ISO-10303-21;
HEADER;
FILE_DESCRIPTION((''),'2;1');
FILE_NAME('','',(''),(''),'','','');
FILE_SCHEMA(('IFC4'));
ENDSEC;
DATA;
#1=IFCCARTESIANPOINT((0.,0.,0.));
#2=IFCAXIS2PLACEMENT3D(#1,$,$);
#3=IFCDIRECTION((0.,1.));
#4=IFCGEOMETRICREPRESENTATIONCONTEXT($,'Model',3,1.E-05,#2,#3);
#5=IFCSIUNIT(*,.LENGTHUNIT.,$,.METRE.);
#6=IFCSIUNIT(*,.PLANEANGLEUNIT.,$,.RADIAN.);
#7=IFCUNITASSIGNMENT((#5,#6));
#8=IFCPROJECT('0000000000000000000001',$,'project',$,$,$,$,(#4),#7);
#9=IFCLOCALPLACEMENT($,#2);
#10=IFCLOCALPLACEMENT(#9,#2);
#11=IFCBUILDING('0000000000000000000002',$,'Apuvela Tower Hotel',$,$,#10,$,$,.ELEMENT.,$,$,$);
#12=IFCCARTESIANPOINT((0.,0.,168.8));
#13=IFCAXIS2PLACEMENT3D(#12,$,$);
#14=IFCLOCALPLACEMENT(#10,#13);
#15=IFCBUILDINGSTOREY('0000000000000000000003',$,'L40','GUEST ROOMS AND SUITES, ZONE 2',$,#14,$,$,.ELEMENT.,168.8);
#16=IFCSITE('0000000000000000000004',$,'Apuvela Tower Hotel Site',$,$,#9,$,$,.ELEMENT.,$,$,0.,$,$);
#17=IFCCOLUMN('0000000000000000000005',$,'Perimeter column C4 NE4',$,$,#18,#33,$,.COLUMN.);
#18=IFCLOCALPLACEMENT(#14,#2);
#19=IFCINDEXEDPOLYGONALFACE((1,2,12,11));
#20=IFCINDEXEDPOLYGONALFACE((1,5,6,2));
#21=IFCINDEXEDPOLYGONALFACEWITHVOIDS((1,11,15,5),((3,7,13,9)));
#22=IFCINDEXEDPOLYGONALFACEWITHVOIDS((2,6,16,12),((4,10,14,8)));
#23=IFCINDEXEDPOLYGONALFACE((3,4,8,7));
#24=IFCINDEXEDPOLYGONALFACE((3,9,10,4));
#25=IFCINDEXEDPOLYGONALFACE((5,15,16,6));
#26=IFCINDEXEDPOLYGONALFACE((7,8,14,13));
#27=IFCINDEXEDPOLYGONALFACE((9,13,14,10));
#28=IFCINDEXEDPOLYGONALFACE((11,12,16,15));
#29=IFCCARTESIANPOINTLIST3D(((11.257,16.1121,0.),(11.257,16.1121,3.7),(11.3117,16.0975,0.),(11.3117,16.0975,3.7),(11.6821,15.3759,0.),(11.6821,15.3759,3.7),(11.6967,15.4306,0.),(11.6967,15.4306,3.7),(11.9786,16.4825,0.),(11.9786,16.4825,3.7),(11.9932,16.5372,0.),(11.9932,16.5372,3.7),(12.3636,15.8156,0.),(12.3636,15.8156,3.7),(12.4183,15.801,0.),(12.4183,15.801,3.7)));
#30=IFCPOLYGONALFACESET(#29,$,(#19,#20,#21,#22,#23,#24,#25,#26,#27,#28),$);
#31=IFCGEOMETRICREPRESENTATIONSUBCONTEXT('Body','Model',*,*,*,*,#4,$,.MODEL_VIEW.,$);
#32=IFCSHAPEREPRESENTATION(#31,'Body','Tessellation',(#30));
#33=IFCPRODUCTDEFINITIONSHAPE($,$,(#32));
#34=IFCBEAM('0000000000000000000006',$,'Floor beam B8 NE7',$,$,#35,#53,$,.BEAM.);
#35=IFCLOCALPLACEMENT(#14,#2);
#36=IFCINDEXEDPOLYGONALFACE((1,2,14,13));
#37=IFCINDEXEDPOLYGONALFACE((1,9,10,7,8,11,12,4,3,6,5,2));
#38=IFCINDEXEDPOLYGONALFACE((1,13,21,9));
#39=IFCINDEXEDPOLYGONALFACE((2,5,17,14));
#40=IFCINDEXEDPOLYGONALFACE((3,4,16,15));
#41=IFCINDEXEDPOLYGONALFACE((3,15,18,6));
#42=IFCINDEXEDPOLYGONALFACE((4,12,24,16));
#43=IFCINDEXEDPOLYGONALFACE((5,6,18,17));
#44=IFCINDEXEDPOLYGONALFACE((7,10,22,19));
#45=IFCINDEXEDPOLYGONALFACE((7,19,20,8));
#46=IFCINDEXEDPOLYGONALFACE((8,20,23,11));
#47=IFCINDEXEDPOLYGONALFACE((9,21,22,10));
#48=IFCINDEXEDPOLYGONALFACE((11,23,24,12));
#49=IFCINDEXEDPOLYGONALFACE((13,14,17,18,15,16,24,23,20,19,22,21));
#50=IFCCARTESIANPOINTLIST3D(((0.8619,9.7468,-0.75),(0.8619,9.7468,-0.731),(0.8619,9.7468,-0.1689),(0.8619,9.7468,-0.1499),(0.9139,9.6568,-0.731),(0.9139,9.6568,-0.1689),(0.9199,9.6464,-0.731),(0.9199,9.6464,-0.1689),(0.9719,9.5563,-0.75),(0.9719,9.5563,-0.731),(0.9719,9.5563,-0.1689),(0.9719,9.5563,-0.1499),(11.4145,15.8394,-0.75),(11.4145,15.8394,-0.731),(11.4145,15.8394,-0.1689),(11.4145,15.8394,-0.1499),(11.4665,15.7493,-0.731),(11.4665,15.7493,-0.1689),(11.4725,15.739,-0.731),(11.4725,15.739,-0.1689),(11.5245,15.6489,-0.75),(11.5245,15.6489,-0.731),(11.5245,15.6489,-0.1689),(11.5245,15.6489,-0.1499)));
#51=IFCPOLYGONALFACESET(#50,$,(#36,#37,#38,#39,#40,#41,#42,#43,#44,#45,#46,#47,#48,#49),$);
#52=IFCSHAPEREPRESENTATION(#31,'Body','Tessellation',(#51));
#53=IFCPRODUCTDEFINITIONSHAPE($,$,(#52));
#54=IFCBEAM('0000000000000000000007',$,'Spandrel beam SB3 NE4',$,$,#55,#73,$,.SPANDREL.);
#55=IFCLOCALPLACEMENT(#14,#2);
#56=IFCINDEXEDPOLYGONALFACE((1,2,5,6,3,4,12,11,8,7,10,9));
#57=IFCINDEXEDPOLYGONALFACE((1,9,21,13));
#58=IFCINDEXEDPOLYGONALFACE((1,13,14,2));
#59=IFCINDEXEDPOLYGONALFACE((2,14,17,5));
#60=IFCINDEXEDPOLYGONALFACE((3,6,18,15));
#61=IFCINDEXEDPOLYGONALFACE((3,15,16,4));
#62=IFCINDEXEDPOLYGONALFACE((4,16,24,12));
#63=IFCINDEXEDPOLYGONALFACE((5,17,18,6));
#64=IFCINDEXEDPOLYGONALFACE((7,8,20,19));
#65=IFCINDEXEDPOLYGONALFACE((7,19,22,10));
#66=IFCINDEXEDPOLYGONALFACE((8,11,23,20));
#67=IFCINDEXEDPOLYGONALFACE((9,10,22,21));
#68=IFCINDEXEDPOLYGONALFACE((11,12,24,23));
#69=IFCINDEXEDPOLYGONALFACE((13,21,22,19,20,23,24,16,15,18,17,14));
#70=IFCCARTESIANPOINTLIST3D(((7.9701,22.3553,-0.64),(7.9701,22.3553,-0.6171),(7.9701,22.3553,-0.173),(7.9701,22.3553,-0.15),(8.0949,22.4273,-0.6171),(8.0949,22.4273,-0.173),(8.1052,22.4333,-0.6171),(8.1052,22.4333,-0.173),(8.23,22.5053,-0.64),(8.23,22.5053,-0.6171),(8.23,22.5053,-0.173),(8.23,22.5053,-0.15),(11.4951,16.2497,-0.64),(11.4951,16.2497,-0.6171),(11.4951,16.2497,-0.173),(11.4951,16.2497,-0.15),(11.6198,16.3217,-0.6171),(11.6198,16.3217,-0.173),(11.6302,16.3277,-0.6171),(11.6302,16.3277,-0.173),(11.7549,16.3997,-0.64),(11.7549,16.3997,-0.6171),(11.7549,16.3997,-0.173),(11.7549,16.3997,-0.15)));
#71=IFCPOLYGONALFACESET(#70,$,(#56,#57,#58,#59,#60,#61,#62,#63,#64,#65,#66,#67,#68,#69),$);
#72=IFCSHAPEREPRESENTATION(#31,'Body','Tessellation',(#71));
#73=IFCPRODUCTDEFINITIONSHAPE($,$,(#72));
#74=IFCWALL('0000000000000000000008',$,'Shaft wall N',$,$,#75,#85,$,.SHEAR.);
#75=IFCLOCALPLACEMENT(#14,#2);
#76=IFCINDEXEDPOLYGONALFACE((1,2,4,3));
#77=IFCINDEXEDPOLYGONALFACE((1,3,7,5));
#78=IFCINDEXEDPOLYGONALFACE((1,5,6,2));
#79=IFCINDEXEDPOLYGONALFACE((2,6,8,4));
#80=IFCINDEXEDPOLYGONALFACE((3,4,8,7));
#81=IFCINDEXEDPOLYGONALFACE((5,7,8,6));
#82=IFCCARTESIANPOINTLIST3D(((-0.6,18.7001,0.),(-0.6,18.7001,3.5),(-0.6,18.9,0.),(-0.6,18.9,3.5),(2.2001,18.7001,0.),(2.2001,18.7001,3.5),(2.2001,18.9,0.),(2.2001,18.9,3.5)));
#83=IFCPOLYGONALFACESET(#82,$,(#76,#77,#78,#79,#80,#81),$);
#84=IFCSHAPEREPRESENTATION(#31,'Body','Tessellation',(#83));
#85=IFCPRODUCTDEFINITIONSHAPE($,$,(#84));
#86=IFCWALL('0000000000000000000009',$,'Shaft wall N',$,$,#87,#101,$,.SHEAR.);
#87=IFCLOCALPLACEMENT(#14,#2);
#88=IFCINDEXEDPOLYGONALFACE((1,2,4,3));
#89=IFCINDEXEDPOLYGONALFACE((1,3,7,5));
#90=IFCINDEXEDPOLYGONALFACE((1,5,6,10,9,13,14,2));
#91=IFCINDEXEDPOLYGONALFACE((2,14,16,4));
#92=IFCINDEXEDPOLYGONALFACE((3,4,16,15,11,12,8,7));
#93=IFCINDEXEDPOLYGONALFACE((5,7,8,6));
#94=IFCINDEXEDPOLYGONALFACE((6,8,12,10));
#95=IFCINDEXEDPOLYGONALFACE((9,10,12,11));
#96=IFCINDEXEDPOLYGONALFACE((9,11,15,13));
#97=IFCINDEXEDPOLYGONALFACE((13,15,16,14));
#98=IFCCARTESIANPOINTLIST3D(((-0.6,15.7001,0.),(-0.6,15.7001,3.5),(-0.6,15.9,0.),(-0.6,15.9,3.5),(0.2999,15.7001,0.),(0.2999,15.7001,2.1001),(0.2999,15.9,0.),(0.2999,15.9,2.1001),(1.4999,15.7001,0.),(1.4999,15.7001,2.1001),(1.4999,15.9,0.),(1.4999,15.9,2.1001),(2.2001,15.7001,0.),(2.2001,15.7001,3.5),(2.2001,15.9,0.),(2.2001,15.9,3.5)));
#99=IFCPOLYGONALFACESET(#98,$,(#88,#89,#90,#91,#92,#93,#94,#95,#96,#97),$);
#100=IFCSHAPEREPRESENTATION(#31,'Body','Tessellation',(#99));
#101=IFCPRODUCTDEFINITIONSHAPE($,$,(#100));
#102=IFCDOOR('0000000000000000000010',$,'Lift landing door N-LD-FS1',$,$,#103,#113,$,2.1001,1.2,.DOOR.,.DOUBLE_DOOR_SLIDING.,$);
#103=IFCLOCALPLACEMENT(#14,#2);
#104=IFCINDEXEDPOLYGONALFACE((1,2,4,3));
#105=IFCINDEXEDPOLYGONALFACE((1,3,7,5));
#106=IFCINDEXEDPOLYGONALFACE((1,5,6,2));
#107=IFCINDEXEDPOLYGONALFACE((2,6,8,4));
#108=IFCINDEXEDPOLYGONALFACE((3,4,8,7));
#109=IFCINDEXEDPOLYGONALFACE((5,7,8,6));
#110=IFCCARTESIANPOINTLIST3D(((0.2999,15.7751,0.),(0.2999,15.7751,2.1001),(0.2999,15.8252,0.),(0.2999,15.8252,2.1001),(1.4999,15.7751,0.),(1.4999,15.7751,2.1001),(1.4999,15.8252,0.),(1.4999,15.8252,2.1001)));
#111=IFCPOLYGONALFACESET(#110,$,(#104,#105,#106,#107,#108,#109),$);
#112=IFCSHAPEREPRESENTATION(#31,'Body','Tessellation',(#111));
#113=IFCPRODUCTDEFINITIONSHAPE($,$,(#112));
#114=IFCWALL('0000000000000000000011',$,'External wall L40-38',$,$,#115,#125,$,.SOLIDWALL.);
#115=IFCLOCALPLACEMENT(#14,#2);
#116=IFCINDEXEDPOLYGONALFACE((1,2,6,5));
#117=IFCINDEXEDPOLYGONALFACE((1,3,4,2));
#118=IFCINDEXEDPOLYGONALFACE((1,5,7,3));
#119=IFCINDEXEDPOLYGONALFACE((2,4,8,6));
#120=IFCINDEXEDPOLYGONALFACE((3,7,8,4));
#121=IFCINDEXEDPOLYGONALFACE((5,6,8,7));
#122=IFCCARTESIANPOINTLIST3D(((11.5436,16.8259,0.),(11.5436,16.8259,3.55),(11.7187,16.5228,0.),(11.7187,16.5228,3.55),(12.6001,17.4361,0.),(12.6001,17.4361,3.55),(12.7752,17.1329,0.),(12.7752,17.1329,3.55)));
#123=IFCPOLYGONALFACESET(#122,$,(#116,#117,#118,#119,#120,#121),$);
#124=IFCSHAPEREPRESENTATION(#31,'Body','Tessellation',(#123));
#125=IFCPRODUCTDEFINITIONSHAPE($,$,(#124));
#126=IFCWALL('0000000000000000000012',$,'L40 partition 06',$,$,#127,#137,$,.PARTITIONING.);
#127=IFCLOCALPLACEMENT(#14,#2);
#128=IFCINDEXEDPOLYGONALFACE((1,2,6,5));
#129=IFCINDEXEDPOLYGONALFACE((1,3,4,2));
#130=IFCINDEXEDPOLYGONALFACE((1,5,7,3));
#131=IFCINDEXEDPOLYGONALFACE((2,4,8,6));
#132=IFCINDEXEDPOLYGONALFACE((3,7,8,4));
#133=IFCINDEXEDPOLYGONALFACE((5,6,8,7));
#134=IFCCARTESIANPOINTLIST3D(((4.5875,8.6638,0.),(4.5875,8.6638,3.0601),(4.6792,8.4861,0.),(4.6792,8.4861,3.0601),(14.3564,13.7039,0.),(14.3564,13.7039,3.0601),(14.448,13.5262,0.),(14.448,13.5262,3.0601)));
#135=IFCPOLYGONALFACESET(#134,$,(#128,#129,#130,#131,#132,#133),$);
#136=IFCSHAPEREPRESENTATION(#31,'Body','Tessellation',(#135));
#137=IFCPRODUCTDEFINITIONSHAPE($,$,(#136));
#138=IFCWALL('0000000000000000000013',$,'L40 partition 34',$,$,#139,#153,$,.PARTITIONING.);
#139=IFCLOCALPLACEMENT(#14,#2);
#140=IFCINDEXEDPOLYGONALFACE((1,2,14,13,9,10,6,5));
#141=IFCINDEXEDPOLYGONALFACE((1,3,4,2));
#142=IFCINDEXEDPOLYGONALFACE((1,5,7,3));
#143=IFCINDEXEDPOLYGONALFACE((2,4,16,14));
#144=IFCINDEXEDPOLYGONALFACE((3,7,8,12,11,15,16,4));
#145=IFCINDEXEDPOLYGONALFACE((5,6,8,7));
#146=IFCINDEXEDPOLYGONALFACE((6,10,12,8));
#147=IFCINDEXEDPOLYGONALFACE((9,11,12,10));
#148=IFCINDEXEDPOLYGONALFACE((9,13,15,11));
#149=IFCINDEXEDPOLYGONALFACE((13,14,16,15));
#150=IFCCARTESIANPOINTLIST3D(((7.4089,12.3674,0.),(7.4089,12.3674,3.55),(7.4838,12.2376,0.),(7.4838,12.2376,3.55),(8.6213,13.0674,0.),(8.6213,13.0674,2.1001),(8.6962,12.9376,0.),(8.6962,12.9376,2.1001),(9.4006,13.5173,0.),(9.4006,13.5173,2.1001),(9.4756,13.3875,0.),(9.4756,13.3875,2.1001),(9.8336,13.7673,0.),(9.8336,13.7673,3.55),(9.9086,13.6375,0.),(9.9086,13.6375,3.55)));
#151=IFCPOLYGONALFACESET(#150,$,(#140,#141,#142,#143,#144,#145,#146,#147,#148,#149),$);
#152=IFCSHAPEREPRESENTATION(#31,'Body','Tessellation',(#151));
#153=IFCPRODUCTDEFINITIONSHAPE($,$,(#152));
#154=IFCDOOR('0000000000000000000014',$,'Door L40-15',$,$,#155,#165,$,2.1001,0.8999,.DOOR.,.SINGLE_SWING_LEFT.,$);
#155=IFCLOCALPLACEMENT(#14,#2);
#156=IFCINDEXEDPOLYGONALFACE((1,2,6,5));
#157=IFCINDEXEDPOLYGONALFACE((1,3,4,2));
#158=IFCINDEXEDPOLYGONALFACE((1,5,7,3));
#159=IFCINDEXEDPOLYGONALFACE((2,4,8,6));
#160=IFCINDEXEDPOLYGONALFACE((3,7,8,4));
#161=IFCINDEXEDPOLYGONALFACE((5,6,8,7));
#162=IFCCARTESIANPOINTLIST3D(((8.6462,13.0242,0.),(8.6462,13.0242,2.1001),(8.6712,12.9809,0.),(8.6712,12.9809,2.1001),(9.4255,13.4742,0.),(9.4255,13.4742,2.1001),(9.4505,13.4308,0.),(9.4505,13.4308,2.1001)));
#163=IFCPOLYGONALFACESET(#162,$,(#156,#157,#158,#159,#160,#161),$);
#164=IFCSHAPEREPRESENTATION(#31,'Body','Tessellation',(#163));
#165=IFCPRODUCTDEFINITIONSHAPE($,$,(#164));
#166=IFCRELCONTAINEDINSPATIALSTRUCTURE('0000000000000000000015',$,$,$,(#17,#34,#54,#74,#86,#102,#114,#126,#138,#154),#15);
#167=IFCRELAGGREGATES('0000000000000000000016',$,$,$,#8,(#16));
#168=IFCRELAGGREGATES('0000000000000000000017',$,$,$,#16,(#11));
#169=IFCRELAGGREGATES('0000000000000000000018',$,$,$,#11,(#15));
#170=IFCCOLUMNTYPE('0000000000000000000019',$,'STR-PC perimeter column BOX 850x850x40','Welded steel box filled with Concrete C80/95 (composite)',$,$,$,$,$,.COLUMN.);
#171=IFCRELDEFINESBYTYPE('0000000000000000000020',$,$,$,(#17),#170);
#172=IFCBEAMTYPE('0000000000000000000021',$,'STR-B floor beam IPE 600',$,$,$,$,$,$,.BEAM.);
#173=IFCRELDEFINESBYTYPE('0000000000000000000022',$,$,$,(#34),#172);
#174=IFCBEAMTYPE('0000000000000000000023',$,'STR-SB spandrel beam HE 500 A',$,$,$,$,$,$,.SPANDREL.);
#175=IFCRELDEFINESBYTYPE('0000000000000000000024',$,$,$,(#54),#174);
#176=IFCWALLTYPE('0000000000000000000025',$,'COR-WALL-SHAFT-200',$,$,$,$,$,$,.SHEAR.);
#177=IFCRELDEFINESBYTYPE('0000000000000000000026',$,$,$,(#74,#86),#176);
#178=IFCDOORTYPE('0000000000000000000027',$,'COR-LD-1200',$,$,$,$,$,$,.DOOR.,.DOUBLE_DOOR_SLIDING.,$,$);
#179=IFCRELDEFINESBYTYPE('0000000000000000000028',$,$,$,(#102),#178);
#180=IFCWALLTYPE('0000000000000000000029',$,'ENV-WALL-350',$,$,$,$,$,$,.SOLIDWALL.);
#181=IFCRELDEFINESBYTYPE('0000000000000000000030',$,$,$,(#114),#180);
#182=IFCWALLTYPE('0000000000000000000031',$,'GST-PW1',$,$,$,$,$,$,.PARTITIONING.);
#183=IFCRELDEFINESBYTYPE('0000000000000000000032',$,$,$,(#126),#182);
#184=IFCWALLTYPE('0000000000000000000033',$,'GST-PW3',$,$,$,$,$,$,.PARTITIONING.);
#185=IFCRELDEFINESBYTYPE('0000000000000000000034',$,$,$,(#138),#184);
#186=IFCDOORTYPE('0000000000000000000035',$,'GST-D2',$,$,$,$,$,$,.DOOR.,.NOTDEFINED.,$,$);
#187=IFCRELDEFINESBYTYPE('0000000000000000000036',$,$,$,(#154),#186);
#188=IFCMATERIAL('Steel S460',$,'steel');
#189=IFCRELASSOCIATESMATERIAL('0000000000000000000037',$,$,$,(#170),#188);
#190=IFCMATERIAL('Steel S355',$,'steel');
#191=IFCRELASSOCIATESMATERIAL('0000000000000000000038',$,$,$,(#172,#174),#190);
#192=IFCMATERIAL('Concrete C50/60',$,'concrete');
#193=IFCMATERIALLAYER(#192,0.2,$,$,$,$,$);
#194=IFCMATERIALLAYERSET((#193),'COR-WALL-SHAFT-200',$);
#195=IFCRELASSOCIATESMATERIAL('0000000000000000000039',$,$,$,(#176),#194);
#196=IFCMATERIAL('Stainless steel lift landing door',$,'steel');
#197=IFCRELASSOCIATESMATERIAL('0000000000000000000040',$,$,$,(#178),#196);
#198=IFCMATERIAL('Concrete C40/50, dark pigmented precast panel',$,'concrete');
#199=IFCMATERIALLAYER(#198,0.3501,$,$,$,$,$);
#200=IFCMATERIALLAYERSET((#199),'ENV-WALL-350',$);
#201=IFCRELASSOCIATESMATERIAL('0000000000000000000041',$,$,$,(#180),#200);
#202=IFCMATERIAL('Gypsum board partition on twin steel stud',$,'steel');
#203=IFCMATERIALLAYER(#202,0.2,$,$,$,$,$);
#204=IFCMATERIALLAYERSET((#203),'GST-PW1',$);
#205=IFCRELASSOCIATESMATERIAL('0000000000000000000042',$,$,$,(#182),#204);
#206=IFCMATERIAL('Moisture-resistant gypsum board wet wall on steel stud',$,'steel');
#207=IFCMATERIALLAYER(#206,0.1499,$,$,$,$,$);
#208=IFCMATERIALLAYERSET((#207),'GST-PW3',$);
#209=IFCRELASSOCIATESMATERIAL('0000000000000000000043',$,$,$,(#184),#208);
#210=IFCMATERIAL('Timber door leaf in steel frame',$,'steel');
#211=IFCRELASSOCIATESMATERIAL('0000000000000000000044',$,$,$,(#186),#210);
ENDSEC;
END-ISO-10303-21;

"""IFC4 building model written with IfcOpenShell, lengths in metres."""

from ifc_helpers import new_model, si_unit, direction, frame, frame_2d, origin, origin_2d, place, context, subcontext, project, spatial, rectangle, hollow_rectangle, i_section, extrude, material, layer, layer_set, material_profile, profile_set, type_object, element, fill, save


model = new_model("IFC4")

# Units and contexts
model_context = context("Model", 3, precision=1e-05, world=origin(), true_north=direction((0.0, 1.0)))
body_context = subcontext(model_context, "Body", "Model", "MODEL_VIEW")
ifc_project = project(units=[si_unit("LENGTHUNIT", "METRE"), si_unit("PLANEANGLEUNIT", "RADIAN")], contexts=[model_context])

# Site, building, storey
site_placement = place(None, origin())
site = spatial("IfcSite", under=ifc_project, at=site_placement, Name="Apuvela Tower Hotel Site", CompositionType="ELEMENT", RefElevation=0.0)
building_placement = place(site_placement, origin())
building = spatial("IfcBuilding", under=site, at=building_placement, Name="Apuvela Tower Hotel", CompositionType="ELEMENT")
storey_placement = place(building_placement, frame((0.0, 0.0, 168.8)))
storey = spatial("IfcBuildingStorey", under=building, at=storey_placement, Name="L40", Description="GUEST ROOMS AND SUITES, ZONE 2", CompositionType="ELEMENT", Elevation=168.8)

# Column
ifc_material_1 = material(Name="Steel S460", Category="steel")
ifc_material_profile_1 = material_profile(ifc_material_1, hollow_rectangle(XDim=0.8501, YDim=0.8501, WallThickness=0.04, at=origin_2d()), Name="BOX 850x850x40")
ifc_material_2 = material(Name="Concrete C80/95", Category="concrete")
ifc_material_profile_2 = material_profile(ifc_material_2, rectangle(XDim=0.77, YDim=0.77, at=origin_2d()), Name="Concrete C80/95 infill")
ifc_profile_set_1 = profile_set([ifc_material_profile_1, ifc_material_profile_2], Name="Steel S460")
column_type = type_object("IfcColumnType", Name="STR-PC perimeter column BOX 850x850x40", Description="Welded steel box filled with Concrete C80/95 (composite)", PredefinedType="COLUMN", material=ifc_profile_set_1)
column_placement = place(storey_placement, frame((11.8376, 15.9565, 0.0), z_axis=(0.0, 0.0, 1.0), x_axis=(-0.5, 0.866025, 0.0)))
element("IfcColumn", 1, at=column_placement, inside=storey, type_object=column_type, Name="Perimeter column C4 NE4", PredefinedType="COLUMN", context=body_context, shape_type="SweptSolid", body=[
    extrude(hollow_rectangle(XDim=0.8501, YDim=0.8501, WallThickness=0.04, at=origin_2d()), origin(), (0.0, 0.0, 1.0), 3.7),
])

# Beams
ifc_material_3 = material(Name="Steel S355", Category="steel")
ifc_material_profile_3 = material_profile(ifc_material_3, i_section(OverallWidth=0.22, OverallDepth=0.6001, WebThickness=0.012, FlangeThickness=0.019, at=origin_2d()), Name="IPE 600")
ifc_profile_set_2 = profile_set([ifc_material_profile_3], Name="Steel S355")
beam_type_1 = type_object("IfcBeamType", Name="STR-B floor beam IPE 600", PredefinedType="BEAM", material=ifc_profile_set_2)
beam_1_placement = place(storey_placement, frame((11.4695, 15.7441, -0.45), z_axis=(-0.866024, -0.500003, 0.0), x_axis=(0.500003, -0.866024, 0.0)))
element("IfcBeam", 2, at=beam_1_placement, inside=storey, type_object=beam_type_1, Name="Floor beam B8 NE7", PredefinedType="BEAM", context=body_context, shape_type="SweptSolid", body=[
    extrude(i_section(OverallWidth=0.22, OverallDepth=0.6001, WebThickness=0.012, FlangeThickness=0.019, at=origin_2d()), origin(), (0.0, 0.0, 1.0), 12.1851),
])
ifc_material_profile_4 = material_profile(ifc_material_3, i_section(OverallWidth=0.3, OverallDepth=0.49, WebThickness=0.012, FlangeThickness=0.0229, at=origin_2d()), Name="HE 500 A")
ifc_profile_set_3 = profile_set([ifc_material_profile_4], Name="Steel S355")
beam_type_2 = type_object("IfcBeamType", Name="STR-SB spandrel beam HE 500 A", PredefinedType="SPANDREL", material=ifc_profile_set_3)
beam_2_placement = place(storey_placement, frame((11.625, 16.3247, -0.395), z_axis=(-0.49999, 0.866031, 0.0), x_axis=(-0.866031, -0.49999, 0.0)))
element("IfcBeam", 3, at=beam_2_placement, inside=storey, type_object=beam_type_2, Name="Spandrel beam SB3 NE4", PredefinedType="SPANDREL", context=body_context, shape_type="SweptSolid", body=[
    extrude(i_section(OverallWidth=0.3, OverallDepth=0.49, WebThickness=0.012, FlangeThickness=0.0229, at=origin_2d()), origin(), (0.0, 0.0, 1.0), 7.05),
])

# Wall
ifc_material_4 = material(Name="Concrete C50/60", Category="concrete")
ifc_layer_1 = layer(ifc_material_4, 0.2)
ifc_layer_set_1 = layer_set([ifc_layer_1], Name="COR-WALL-SHAFT-200")
wall_type_1 = type_object("IfcWallType", Name="COR-WALL-SHAFT-200", PredefinedType="SHEAR", material=ifc_layer_set_1)
wall_1_placement = place(storey_placement, frame((2.2, 18.8, 0.0), z_axis=(0.0, 0.0, 1.0), x_axis=(-1.0, 0.0, 0.0)))
element("IfcWall", 4, at=wall_1_placement, inside=storey, type_object=wall_type_1, Name="Shaft wall N", PredefinedType="SHEAR", context=body_context, shape_type="SweptSolid", body=[
    extrude(rectangle(XDim=2.8, YDim=0.2, at=frame_2d((1.3999, 0.0))), origin(), (0.0, 0.0, 1.0), 3.5),
])

# Wall, opening, door
wall_2_placement = place(storey_placement, frame((2.2, 15.8, 0.0), z_axis=(0.0, 0.0, 1.0), x_axis=(-1.0, 0.0, 0.0)))
wall_2 = element("IfcWall", 5, at=wall_2_placement, inside=storey, type_object=wall_type_1, Name="Shaft wall N", PredefinedType="SHEAR", context=body_context, shape_type="SweptSolid", body=[
    extrude(rectangle(XDim=2.8, YDim=0.2, at=frame_2d((1.3999, 0.0))), origin(), (0.0, 0.0, 1.0), 3.5),
])
opening_1_placement = place(wall_2_placement, frame((0.7, 0.0, 0.0)))
opening_1 = element("IfcOpeningElement", 6, at=opening_1_placement, cuts=wall_2, PredefinedType="OPENING", context=body_context, shape_type="SweptSolid", body=[
    extrude(rectangle(XDim=1.2, YDim=2.1001, at=frame_2d((0.6001, 1.05))), frame((0.0, 0.1099, 0.0), z_axis=(0.0, -1.0, 0.0), x_axis=(1.0, 0.0, 0.0)), (0.0, 0.0, 1.0), 0.22),
])
ifc_material_5 = material(Name="Stainless steel lift landing door", Category="steel")
door_type_1 = type_object("IfcDoorType", Name="COR-LD-1200", OperationType="DOUBLE_DOOR_SLIDING", PredefinedType="DOOR", material=ifc_material_5)
door_1_placement = place(opening_1_placement, origin())
door_1 = element("IfcDoor", 7, at=door_1_placement, inside=storey, type_object=door_type_1, Name="Lift landing door N-LD-FS1", OperationType="DOUBLE_DOOR_SLIDING", OverallHeight=2.1001, OverallWidth=1.2, PredefinedType="DOOR", context=body_context, shape_type="SweptSolid", body=[
    extrude(rectangle(XDim=1.2, YDim=2.1001, at=frame_2d((0.6001, 1.05))), frame((0.0, 0.0249, 0.0), z_axis=(0.0, -1.0, 0.0), x_axis=(1.0, 0.0, 0.0)), (0.0, 0.0, 1.0), 0.05),
])
fill(opening_1, door_1)

# Wall
ifc_material_6 = material(Name="Concrete C40/50, dark pigmented precast panel", Category="concrete")
ifc_layer_2 = layer(ifc_material_6, 0.3501)
ifc_layer_set_2 = layer_set([ifc_layer_2], Name="ENV-WALL-350")
wall_type_2 = type_object("IfcWallType", Name="ENV-WALL-350", PredefinedType="SOLIDWALL", material=ifc_layer_set_2)
wall_3_placement = place(storey_placement, frame((12.6875, 17.2844, 0.0), z_axis=(0.0, 0.0, 1.0), x_axis=(-0.865956, -0.500121, 0.0)))
element("IfcWall", 8, at=wall_3_placement, inside=storey, type_object=wall_type_2, Name="External wall L40-38", PredefinedType="SOLIDWALL", context=body_context, shape_type="SweptSolid", body=[
    extrude(rectangle(XDim=1.22, YDim=0.3501, at=frame_2d((0.6099, 0.0))), origin(), (0.0, 0.0, 1.0), 3.55),
])

# Wall
ifc_material_7 = material(Name="Gypsum board partition on twin steel stud", Category="steel")
ifc_layer_3 = layer(ifc_material_7, 0.2)
ifc_layer_set_3 = layer_set([ifc_layer_3], Name="GST-PW1")
wall_type_3 = type_object("IfcWallType", Name="GST-PW1", PredefinedType="PARTITIONING", material=ifc_layer_set_3)
wall_4_placement = place(storey_placement, frame((14.4021, 13.615, 0.0), z_axis=(0.0, 0.0, 1.0), x_axis=(-0.888692, -0.458505, 0.0)))
element("IfcWall", 9, at=wall_4_placement, inside=storey, type_object=wall_type_3, Name="L40 partition 06", PredefinedType="PARTITIONING", context=body_context, shape_type="SweptSolid", body=[
    extrude(rectangle(XDim=10.9924, YDim=0.2, at=frame_2d((5.4961, 0.0))), origin(), (0.0, 0.0, 1.0), 3.0601),
])

# Wall, opening, door
ifc_material_8 = material(Name="Moisture-resistant gypsum board wet wall on steel stud", Category="steel")
ifc_layer_4 = layer(ifc_material_8, 0.1499)
ifc_layer_set_4 = layer_set([ifc_layer_4], Name="GST-PW3")
wall_type_4 = type_object("IfcWallType", Name="GST-PW3", PredefinedType="PARTITIONING", material=ifc_layer_set_4)
wall_5_placement = place(storey_placement, frame((9.8711, 13.7024, 0.0), z_axis=(0.0, 0.0, 1.0), x_axis=(-0.866035, -0.499984, 0.0)))
wall_5 = element("IfcWall", 10, at=wall_5_placement, inside=storey, type_object=wall_type_4, Name="L40 partition 34", PredefinedType="PARTITIONING", context=body_context, shape_type="SweptSolid", body=[
    extrude(rectangle(XDim=2.7998, YDim=0.1499, at=frame_2d((1.3999, 0.0))), origin(), (0.0, 0.0, 1.0), 3.55),
])
opening_2_placement = place(wall_5_placement, frame((0.5, 0.0, 0.0)))
opening_2 = element("IfcOpeningElement", 11, at=opening_2_placement, cuts=wall_5, PredefinedType="OPENING", context=body_context, shape_type="SweptSolid", body=[
    extrude(rectangle(XDim=0.8999, YDim=2.1001, at=frame_2d((0.45, 1.05))), frame((0.0, 0.085, 0.0), z_axis=(0.0, -1.0, 0.0), x_axis=(1.0, 0.0, 0.0)), (0.0, 0.0, 1.0), 0.1699),
])
ifc_material_9 = material(Name="Timber door leaf in steel frame", Category="steel")
door_type_2 = type_object("IfcDoorType", Name="GST-D2", OperationType="NOTDEFINED", PredefinedType="DOOR", material=ifc_material_9)
door_2_placement = place(opening_2_placement, origin())
door_2 = element("IfcDoor", 12, at=door_2_placement, inside=storey, type_object=door_type_2, Name="Door L40-15", OperationType="SINGLE_SWING_LEFT", OverallHeight=2.1001, OverallWidth=0.8999, PredefinedType="DOOR", context=body_context, shape_type="SweptSolid", body=[
    extrude(rectangle(XDim=0.8999, YDim=2.1001, at=frame_2d((0.45, 1.05))), frame((0.0, 0.0249, 0.0), z_axis=(0.0, -1.0, 0.0), x_axis=(1.0, 0.0, 0.0)), (0.0, 0.0, 1.0), 0.05),
])
fill(opening_2, door_2)

save(model, "model.ifc")
